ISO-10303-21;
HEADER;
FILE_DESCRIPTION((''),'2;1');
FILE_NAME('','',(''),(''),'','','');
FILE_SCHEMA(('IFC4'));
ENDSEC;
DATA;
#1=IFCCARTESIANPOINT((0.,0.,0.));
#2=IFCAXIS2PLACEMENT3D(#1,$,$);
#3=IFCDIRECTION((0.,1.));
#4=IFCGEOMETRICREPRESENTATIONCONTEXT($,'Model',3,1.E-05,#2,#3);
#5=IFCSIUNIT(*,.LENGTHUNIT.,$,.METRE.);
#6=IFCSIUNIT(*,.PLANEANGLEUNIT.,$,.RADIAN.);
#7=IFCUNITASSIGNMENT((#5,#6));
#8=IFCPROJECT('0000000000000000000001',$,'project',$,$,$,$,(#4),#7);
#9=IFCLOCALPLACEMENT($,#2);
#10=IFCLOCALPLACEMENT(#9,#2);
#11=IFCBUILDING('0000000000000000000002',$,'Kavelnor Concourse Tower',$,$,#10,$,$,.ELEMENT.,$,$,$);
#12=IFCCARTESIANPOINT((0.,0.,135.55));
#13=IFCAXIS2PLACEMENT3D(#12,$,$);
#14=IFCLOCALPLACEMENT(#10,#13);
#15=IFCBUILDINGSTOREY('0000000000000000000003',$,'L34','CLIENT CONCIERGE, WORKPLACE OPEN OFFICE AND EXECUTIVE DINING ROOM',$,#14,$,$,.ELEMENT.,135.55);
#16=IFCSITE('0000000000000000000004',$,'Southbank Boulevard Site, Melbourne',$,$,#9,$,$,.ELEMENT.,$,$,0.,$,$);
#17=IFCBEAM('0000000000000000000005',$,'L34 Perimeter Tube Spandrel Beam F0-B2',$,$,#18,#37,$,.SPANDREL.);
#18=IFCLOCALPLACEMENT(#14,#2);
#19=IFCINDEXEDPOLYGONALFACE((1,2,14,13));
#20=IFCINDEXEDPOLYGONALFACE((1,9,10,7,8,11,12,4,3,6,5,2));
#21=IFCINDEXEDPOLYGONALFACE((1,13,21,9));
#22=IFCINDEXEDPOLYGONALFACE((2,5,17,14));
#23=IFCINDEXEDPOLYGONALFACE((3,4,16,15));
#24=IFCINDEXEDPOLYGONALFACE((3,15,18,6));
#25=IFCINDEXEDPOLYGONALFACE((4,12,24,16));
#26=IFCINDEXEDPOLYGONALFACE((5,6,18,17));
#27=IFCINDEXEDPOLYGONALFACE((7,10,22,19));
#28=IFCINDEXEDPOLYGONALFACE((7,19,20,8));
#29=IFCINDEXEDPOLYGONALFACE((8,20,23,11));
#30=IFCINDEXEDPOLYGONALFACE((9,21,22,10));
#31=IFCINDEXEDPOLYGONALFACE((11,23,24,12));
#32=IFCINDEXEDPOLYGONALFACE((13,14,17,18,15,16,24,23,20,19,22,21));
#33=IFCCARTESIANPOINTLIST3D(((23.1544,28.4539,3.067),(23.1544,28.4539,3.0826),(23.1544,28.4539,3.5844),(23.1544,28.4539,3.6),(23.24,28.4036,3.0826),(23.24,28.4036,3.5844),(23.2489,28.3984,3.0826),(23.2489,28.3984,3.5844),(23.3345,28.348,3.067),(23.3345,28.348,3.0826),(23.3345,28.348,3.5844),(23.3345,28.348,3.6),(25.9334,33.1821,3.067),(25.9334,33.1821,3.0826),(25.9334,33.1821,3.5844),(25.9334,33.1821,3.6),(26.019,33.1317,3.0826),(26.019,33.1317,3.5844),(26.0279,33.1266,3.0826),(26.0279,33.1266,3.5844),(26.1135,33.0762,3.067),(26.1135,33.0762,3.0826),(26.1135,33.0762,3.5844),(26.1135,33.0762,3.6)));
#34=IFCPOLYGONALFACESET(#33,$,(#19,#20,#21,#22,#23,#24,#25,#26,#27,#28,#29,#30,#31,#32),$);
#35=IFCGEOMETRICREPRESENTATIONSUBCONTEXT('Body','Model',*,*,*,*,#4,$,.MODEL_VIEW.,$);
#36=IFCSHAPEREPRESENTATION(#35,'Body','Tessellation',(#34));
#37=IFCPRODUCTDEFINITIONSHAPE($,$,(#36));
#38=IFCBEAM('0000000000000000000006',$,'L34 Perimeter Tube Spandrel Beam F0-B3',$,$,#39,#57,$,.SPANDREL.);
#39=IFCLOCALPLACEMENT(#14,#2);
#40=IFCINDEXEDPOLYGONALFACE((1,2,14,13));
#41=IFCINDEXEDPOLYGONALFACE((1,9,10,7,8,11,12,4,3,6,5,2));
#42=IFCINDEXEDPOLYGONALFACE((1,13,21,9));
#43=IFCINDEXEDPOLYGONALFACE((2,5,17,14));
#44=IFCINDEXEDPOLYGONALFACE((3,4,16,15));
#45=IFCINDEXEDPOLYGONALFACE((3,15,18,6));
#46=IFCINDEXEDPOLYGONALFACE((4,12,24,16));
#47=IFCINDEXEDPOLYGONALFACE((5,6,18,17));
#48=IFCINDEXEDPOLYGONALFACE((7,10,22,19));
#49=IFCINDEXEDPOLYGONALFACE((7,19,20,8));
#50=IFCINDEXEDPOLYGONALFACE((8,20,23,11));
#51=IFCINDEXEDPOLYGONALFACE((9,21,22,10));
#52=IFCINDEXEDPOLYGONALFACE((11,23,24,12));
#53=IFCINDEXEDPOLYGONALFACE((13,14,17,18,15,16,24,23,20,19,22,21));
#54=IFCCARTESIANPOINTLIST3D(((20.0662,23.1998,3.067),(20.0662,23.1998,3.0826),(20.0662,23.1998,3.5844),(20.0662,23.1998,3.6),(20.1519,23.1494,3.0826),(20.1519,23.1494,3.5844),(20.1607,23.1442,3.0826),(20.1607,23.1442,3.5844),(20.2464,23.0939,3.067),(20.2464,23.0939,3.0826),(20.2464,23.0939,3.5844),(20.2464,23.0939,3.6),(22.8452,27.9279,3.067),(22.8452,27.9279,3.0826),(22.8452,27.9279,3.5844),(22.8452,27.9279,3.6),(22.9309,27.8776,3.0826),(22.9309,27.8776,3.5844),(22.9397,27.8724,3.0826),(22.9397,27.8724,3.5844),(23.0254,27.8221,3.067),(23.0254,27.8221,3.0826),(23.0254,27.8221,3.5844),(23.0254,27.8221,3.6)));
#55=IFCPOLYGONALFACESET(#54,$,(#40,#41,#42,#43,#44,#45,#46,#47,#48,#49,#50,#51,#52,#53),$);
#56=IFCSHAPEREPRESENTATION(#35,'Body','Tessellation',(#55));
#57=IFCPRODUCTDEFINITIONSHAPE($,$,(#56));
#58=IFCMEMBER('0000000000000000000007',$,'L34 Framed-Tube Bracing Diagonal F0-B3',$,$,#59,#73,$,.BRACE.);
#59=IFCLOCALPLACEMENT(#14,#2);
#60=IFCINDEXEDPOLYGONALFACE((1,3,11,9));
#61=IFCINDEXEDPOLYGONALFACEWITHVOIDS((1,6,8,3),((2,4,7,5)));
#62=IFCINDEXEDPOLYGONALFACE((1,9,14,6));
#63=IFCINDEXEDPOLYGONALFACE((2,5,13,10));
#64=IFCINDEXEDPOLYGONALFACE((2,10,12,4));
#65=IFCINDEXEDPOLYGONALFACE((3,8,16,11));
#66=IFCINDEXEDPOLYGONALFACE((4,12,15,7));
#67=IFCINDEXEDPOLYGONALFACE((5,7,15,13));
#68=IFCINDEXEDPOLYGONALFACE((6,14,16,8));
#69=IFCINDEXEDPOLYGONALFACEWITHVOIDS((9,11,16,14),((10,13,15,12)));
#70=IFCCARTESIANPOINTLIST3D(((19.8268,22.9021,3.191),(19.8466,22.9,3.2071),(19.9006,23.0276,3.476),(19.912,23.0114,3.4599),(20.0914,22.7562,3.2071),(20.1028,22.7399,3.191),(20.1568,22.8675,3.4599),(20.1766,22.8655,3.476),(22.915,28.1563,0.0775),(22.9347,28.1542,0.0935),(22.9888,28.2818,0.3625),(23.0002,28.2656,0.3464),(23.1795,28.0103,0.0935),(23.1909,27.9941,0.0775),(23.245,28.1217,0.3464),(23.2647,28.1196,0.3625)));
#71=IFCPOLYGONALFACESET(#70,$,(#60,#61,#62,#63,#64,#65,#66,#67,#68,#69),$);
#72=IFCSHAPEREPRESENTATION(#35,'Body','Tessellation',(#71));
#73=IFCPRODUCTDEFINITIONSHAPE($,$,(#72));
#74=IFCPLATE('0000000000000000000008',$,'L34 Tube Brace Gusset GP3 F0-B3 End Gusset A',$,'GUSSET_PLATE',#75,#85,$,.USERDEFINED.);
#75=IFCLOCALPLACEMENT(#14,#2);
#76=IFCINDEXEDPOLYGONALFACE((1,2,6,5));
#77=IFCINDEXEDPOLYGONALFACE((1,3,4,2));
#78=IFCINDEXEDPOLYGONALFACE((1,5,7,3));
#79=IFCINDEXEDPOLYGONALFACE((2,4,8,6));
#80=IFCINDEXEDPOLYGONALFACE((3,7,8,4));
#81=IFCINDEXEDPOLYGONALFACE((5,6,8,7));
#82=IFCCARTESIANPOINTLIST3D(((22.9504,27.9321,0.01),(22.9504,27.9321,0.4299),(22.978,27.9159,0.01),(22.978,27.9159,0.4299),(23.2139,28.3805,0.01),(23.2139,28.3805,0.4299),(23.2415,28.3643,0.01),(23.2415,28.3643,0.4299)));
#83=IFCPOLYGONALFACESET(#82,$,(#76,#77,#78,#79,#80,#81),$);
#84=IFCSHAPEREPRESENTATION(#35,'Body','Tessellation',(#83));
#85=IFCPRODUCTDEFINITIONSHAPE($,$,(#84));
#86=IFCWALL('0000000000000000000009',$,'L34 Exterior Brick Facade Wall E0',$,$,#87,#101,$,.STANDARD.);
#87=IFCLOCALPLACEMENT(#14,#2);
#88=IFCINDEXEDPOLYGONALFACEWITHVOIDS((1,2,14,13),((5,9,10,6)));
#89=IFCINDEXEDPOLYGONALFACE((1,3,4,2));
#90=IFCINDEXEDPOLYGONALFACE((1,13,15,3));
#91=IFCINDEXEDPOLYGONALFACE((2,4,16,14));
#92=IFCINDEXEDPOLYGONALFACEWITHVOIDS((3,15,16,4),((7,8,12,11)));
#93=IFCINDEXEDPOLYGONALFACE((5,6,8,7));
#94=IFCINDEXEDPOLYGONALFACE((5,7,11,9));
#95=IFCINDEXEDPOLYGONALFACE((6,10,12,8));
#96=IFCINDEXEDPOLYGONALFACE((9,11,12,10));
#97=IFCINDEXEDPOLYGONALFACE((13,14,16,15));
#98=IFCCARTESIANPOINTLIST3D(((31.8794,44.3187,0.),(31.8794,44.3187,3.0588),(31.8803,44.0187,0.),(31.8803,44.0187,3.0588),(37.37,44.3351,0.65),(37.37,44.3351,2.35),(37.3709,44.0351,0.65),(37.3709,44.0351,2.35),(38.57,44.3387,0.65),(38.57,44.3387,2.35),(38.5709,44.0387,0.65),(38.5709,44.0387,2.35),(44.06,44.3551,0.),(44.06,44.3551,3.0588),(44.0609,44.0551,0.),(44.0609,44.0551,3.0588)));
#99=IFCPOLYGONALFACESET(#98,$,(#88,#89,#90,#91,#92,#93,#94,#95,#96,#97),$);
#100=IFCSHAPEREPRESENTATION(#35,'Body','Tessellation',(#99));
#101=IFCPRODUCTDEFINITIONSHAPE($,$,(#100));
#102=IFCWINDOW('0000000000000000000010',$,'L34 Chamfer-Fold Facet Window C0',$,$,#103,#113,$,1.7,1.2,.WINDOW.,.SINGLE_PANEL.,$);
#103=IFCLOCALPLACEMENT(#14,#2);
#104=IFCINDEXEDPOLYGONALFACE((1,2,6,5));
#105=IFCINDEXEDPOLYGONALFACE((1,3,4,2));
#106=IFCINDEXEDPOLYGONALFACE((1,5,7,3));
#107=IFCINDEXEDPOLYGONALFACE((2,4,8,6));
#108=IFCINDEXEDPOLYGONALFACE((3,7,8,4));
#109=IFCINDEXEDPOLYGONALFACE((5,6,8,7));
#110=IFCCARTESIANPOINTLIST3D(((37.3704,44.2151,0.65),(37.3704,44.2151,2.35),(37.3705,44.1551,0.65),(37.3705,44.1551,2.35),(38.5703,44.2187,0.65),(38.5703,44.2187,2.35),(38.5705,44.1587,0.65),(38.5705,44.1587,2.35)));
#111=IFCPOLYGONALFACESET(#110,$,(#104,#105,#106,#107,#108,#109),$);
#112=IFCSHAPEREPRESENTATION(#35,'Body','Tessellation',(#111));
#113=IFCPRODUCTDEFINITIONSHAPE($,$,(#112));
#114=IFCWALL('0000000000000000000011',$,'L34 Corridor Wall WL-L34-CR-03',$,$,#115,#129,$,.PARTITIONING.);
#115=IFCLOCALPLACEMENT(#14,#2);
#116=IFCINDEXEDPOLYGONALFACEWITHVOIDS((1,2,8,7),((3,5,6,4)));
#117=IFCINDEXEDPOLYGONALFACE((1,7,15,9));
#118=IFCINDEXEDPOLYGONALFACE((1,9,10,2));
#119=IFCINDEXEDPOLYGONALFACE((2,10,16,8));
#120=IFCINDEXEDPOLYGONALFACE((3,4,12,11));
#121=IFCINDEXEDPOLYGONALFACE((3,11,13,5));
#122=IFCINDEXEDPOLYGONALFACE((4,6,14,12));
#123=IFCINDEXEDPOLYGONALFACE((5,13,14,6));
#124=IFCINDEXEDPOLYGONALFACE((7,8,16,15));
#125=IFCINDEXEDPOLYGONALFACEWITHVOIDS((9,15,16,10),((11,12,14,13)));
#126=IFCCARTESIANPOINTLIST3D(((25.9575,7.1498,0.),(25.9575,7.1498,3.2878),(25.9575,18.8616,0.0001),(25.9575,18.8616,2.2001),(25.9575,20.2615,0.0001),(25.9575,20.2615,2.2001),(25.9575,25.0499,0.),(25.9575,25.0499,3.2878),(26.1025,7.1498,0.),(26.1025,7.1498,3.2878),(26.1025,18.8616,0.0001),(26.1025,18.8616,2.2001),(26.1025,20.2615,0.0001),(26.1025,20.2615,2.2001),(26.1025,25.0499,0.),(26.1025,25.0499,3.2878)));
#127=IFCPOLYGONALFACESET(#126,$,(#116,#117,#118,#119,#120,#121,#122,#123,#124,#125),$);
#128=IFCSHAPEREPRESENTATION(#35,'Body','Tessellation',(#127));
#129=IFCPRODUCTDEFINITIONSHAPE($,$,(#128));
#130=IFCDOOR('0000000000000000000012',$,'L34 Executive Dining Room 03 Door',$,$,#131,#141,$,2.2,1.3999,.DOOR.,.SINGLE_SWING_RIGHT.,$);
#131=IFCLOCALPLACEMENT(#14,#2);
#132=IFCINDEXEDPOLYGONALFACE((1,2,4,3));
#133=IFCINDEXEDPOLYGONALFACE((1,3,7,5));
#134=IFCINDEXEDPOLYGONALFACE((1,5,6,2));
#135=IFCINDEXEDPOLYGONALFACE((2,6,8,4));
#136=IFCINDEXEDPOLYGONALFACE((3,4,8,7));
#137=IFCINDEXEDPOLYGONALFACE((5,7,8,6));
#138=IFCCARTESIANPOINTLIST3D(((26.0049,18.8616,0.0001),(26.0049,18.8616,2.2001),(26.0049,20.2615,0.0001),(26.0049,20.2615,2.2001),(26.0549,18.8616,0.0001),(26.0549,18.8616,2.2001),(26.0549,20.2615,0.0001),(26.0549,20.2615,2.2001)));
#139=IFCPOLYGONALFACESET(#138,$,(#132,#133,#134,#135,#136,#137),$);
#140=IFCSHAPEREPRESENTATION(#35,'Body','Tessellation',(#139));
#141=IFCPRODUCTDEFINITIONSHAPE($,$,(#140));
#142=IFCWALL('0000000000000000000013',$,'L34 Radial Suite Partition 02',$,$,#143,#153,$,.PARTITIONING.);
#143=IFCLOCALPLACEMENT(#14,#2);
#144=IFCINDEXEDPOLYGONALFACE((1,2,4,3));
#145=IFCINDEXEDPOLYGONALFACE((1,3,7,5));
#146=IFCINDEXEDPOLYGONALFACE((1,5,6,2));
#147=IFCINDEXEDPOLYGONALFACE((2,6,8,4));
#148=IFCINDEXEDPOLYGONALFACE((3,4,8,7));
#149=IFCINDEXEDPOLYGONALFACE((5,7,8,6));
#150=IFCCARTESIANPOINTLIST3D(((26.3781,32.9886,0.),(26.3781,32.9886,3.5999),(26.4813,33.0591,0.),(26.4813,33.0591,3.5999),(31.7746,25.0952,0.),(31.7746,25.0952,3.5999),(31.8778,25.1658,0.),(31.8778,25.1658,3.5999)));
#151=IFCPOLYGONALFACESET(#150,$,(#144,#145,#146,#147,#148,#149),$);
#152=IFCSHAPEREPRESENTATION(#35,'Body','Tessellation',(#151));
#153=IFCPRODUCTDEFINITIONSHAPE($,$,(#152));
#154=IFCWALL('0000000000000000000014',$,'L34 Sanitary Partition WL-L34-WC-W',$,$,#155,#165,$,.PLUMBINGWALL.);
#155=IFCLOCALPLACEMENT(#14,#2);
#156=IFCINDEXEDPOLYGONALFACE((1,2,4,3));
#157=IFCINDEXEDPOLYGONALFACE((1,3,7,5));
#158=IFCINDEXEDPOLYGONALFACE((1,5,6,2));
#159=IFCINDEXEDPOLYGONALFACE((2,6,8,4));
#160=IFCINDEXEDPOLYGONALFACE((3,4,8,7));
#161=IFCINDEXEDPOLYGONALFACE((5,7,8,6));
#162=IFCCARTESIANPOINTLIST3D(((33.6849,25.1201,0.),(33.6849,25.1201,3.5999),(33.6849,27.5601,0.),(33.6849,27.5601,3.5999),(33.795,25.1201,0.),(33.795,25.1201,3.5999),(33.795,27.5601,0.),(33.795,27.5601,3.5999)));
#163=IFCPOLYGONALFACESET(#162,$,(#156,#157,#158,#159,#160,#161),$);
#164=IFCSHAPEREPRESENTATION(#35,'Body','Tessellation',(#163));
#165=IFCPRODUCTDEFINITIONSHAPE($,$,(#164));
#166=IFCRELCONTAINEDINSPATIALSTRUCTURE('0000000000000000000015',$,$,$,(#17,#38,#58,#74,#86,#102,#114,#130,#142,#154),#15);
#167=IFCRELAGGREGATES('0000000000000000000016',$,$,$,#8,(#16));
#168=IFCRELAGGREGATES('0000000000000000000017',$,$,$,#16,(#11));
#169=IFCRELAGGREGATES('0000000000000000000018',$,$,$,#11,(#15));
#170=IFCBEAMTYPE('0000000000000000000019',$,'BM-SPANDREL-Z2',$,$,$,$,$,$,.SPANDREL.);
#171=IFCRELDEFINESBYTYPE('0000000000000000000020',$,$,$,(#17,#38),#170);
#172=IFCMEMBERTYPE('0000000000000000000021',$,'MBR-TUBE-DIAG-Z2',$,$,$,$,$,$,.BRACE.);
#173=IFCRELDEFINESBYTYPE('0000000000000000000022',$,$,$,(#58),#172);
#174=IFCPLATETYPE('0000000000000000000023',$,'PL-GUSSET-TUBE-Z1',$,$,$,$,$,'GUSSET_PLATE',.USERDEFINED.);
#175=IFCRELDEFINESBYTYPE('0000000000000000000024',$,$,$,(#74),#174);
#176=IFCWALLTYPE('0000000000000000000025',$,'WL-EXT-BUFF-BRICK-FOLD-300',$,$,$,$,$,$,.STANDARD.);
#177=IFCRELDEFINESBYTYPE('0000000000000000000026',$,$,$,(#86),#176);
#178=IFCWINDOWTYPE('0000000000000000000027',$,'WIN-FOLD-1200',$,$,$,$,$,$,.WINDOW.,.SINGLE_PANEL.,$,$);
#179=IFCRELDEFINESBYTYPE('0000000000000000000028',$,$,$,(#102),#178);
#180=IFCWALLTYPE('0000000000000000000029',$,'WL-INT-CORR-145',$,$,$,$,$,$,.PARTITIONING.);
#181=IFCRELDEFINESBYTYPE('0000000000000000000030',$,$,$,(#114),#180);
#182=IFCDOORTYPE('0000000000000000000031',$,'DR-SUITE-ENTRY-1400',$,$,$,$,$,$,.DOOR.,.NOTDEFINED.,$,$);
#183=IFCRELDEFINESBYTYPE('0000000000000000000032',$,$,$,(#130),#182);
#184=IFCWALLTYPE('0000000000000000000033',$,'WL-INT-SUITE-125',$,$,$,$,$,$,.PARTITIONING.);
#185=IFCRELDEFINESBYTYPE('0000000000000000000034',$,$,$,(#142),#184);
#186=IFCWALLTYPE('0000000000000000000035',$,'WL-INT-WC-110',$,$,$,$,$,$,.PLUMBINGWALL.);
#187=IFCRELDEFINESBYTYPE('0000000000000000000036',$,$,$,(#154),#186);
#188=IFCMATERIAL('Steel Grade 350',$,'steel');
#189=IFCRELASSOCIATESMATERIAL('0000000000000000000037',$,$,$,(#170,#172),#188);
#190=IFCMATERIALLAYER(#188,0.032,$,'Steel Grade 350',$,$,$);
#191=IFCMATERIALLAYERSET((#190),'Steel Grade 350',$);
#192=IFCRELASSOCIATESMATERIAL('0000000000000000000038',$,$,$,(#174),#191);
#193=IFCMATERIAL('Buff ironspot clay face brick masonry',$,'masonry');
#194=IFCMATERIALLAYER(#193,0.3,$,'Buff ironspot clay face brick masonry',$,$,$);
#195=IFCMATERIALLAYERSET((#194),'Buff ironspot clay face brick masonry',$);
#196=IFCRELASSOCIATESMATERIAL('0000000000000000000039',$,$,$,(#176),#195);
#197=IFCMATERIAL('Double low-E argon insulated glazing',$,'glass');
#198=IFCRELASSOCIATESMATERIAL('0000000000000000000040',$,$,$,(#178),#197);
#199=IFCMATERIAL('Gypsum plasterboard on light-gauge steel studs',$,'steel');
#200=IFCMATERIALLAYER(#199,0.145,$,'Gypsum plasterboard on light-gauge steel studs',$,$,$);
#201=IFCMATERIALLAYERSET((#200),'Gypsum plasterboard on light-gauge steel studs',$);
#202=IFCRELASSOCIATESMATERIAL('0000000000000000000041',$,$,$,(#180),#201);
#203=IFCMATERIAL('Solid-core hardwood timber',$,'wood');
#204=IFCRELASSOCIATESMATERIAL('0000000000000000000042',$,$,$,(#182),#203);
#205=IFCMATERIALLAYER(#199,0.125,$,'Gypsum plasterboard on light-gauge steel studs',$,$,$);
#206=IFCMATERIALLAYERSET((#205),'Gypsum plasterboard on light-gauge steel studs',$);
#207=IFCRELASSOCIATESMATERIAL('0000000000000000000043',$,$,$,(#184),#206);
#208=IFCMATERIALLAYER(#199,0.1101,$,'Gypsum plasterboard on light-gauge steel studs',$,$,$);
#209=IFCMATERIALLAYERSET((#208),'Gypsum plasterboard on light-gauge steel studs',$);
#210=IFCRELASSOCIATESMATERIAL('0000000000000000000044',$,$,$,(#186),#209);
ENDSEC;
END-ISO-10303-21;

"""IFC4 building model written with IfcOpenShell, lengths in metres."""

from ifc_helpers import new_model, si_unit, direction, frame, frame_2d, origin, origin_2d, place, context, subcontext, project, spatial, rectangle, hollow_rectangle, i_section, extrude, material, layer, layer_set, material_profile, profile_set, type_object, element, fill, save


model = new_model("IFC4")

# Units and contexts
model_context = context("Model", 3, precision=1e-05, world=origin(), true_north=direction((0.0, 1.0)))
body_context = subcontext(model_context, "Body", "Model", "MODEL_VIEW")
ifc_project = project(units=[si_unit("LENGTHUNIT", "METRE"), si_unit("PLANEANGLEUNIT", "RADIAN")], contexts=[model_context])

# Site, building, storey
site_placement = place(None, origin())
site = spatial("IfcSite", under=ifc_project, at=site_placement, Name="Southbank Boulevard Site, Melbourne", CompositionType="ELEMENT", RefElevation=0.0)
building_placement = place(site_placement, origin())
building = spatial("IfcBuilding", under=site, at=building_placement, Name="Kavelnor Concourse Tower", CompositionType="ELEMENT")
storey_placement = place(building_placement, frame((0.0, 0.0, 135.55)))
storey = spatial("IfcBuildingStorey", under=building, at=storey_placement, Name="L34", Description="CLIENT CONCIERGE, WORKPLACE OPEN OFFICE AND EXECUTIVE DINING ROOM", CompositionType="ELEMENT", Elevation=135.55)

# Shared definitions
ifc_material_1 = material(Name="Steel Grade 350", Category="steel")

# Beams
ifc_material_profile_1 = material_profile(ifc_material_1, i_section(OverallWidth=0.209, OverallDepth=0.533, WebThickness=0.0103, FlangeThickness=0.0156, at=origin_2d()), Name="530UB92")
ifc_profile_set_1 = profile_set([ifc_material_profile_1], Name="Steel Grade 350")
beam_type_1 = type_object("IfcBeamType", Name="BM-SPANDREL-Z2", PredefinedType="SPANDREL", material=ifc_profile_set_1)
for number, where, z_axis, x_axis, name in (
    (1, (26.0234, 33.1292, 3.3335), (-0.506711, -0.862116, 0.0), (0.862116, -0.506711, 0.0), "L34 Perimeter Tube Spandrel Beam F0-B2"),
    (2, (22.9353, 27.875, 3.3335), (-0.506711, -0.862116, 0.0), (0.862116, -0.506711, 0.0), "L34 Perimeter Tube Spandrel Beam F0-B3"),
):
    element("IfcBeam", number, at=place(storey_placement, frame(where, z_axis=z_axis, x_axis=x_axis)), inside=storey, type_object=beam_type_1, Name=name, PredefinedType="SPANDREL", context=body_context, shape_type="SweptSolid", body=[
        extrude(i_section(OverallWidth=0.209, OverallDepth=0.533, WebThickness=0.0103, FlangeThickness=0.0156, at=origin_2d()), origin(), (0.0, 0.0, 1.0), 5.4844),
    ])

# Member
ifc_material_profile_2 = material_profile(ifc_material_1, hollow_rectangle(XDim=0.3201, YDim=0.3201, WallThickness=0.0181, at=origin_2d()), Name="SHS 320x320x18")
ifc_profile_set_2 = profile_set([ifc_material_profile_2], Name="Steel Grade 350")
member_type = type_object("IfcMemberType", Name="MBR-TUBE-DIAG-Z2", PredefinedType="BRACE", material=ifc_profile_set_2)
member_placement = place(storey_placement, frame((23.0898, 28.1379, 0.22), z_axis=(-0.451235, -0.767731, 0.454945), x_axis=(0.862116, -0.50671, 0.0)))
element("IfcMember", 3, at=member_placement, inside=storey, type_object=member_type, Name="L34 Framed-Tube Bracing Diagonal F0-B3", PredefinedType="BRACE", context=body_context, shape_type="SweptSolid", body=[
    extrude(hollow_rectangle(XDim=0.3201, YDim=0.3201, WallThickness=0.0181, at=origin_2d()), origin(), (0.0, 0.0, 1.0), 6.8438),
])

# Plate
ifc_layer_1 = layer(ifc_material_1, 0.032, Name="Steel Grade 350")
ifc_layer_set_1 = layer_set([ifc_layer_1], Name="Steel Grade 350")
plate_type = type_object("IfcPlateType", Name="PL-GUSSET-TUBE-Z1", ElementType="GUSSET_PLATE", PredefinedType="USERDEFINED", material=ifc_layer_set_1)
plate_placement = place(storey_placement, frame((23.0959, 28.1482, 0.01), z_axis=(0.0, 0.0, 1.0), x_axis=(-0.506636, -0.86216, 0.0)))
element("IfcPlate", 4, at=plate_placement, inside=storey, type_object=plate_type, Name="L34 Tube Brace Gusset GP3 F0-B3 End Gusset A", ObjectType="GUSSET_PLATE", PredefinedType="USERDEFINED", context=body_context, shape_type="SweptSolid", body=[
    extrude(rectangle(XDim=0.52, YDim=0.032, at=origin_2d()), origin(), (0.0, 0.0, 1.0), 0.4199),
])

# Wall, opening, window
ifc_material_2 = material(Name="Buff ironspot clay face brick masonry", Category="masonry")
ifc_layer_2 = layer(ifc_material_2, 0.3, Name="Buff ironspot clay face brick masonry")
ifc_layer_set_2 = layer_set([ifc_layer_2], Name="Buff ironspot clay face brick masonry")
wall_type_1 = type_object("IfcWallType", Name="WL-EXT-BUFF-BRICK-FOLD-300", PredefinedType="STANDARD", material=ifc_layer_set_2)
wall_1_placement = place(storey_placement, frame((31.8799, 44.1687, 0.0), z_axis=(0.0, 0.0, 1.0), x_axis=(0.999996, 0.002986, 0.0)))
wall_1 = element("IfcWall", 5, at=wall_1_placement, inside=storey, type_object=wall_type_1, Name="L34 Exterior Brick Facade Wall E0", PredefinedType="STANDARD", context=body_context, shape_type="SweptSolid", body=[
    extrude(rectangle(XDim=12.1807, YDim=0.3, at=frame_2d((6.0903, 0.0))), origin(), (0.0, 0.0, 1.0), 3.0588),
])
opening_1_placement = place(wall_1_placement, frame((5.4905, 0.0, 0.6499)))
opening_1 = element("IfcOpeningElement", 6, at=opening_1_placement, cuts=wall_1, PredefinedType="OPENING", context=body_context, shape_type="SweptSolid", body=[
    extrude(rectangle(XDim=1.2, YDim=1.7, at=frame_2d((0.6001, 0.8501))), frame((0.0, 0.1602, 0.0), z_axis=(0.0, -1.0, 0.0), x_axis=(1.0, 0.0, 0.0)), (0.0, 0.0, 1.0), 0.3201),
])
ifc_material_3 = material(Name="Double low-E argon insulated glazing", Category="glass")
window_type = type_object("IfcWindowType", Name="WIN-FOLD-1200", PartitioningType="SINGLE_PANEL", PredefinedType="WINDOW", material=ifc_material_3)
window_placement = place(opening_1_placement, origin())
window = element("IfcWindow", 7, at=window_placement, inside=storey, type_object=window_type, Name="L34 Chamfer-Fold Facet Window C0", OverallHeight=1.7, OverallWidth=1.2, PartitioningType="SINGLE_PANEL", PredefinedType="WINDOW", context=body_context, shape_type="SweptSolid", body=[
    extrude(rectangle(XDim=1.2, YDim=1.7, at=frame_2d((0.6001, 0.8501))), frame((0.0, 0.03, 0.0), z_axis=(0.0, -1.0, 0.0), x_axis=(1.0, 0.0, 0.0)), (0.0, 0.0, 1.0), 0.0601),
])
fill(opening_1, window)

# Wall, opening, door
ifc_material_4 = material(Name="Gypsum plasterboard on light-gauge steel studs", Category="steel")
ifc_layer_3 = layer(ifc_material_4, 0.145, Name="Gypsum plasterboard on light-gauge steel studs")
ifc_layer_set_3 = layer_set([ifc_layer_3], Name="Gypsum plasterboard on light-gauge steel studs")
wall_type_2 = type_object("IfcWallType", Name="WL-INT-CORR-145", PredefinedType="PARTITIONING", material=ifc_layer_set_3)
wall_2_placement = place(storey_placement, frame((26.03, 25.05, 0.0), z_axis=(0.0, 0.0, 1.0), x_axis=(0.0, -1.0, 0.0)))
wall_2 = element("IfcWall", 8, at=wall_2_placement, inside=storey, type_object=wall_type_2, Name="L34 Corridor Wall WL-L34-CR-03", PredefinedType="PARTITIONING", context=body_context, shape_type="SweptSolid", body=[
    extrude(rectangle(XDim=17.9001, YDim=0.145, at=frame_2d((8.9502, 0.0))), origin(), (0.0, 0.0, 1.0), 3.2878),
])
opening_2_placement = place(wall_2_placement, frame((4.7886, 0.0, 0.0)))
opening_2 = element("IfcOpeningElement", 9, at=opening_2_placement, cuts=wall_2, PredefinedType="OPENING", context=body_context, shape_type="SweptSolid", body=[
    extrude(rectangle(XDim=1.3999, YDim=2.2, at=frame_2d((0.7, 1.1001))), frame((0.0, 0.0825, 0.0), z_axis=(0.0, -1.0, 0.0), x_axis=(1.0, 0.0, 0.0)), (0.0, 0.0, 1.0), 0.165),
])
ifc_material_5 = material(Name="Solid-core hardwood timber", Category="wood")
door_type = type_object("IfcDoorType", Name="DR-SUITE-ENTRY-1400", OperationType="NOTDEFINED", PredefinedType="DOOR", material=ifc_material_5)
door_placement = place(opening_2_placement, origin())
door = element("IfcDoor", 10, at=door_placement, inside=storey, type_object=door_type, Name="L34 Executive Dining Room 03 Door", OperationType="SINGLE_SWING_RIGHT", OverallHeight=2.2, OverallWidth=1.3999, PredefinedType="DOOR", context=body_context, shape_type="SweptSolid", body=[
    extrude(rectangle(XDim=1.3999, YDim=2.2, at=frame_2d((0.7, 1.1001))), frame((0.0, 0.0249, 0.0), z_axis=(0.0, -1.0, 0.0), x_axis=(1.0, 0.0, 0.0)), (0.0, 0.0, 1.0), 0.05),
])
fill(opening_2, door)

# Walls
ifc_layer_4 = layer(ifc_material_4, 0.125, Name="Gypsum plasterboard on light-gauge steel studs")
ifc_layer_set_4 = layer_set([ifc_layer_4], Name="Gypsum plasterboard on light-gauge steel studs")
wall_type_3 = type_object("IfcWallType", Name="WL-INT-SUITE-125", PredefinedType="PARTITIONING", material=ifc_layer_set_4)
wall_3_placement = place(storey_placement, frame((31.8262, 25.1306, 0.0), z_axis=(0.0, 0.0, 1.0), x_axis=(-0.564385, 0.825512, 0.0)))
element("IfcWall", 11, at=wall_3_placement, inside=storey, type_object=wall_type_3, Name="L34 Radial Suite Partition 02", PredefinedType="PARTITIONING", context=body_context, shape_type="SweptSolid", body=[
    extrude(rectangle(XDim=9.5618, YDim=0.125, at=frame_2d((4.7808, 0.0))), origin(), (0.0, 0.0, 1.0), 3.5999),
])
ifc_layer_5 = layer(ifc_material_4, 0.1101, Name="Gypsum plasterboard on light-gauge steel studs")
ifc_layer_set_5 = layer_set([ifc_layer_5], Name="Gypsum plasterboard on light-gauge steel studs")
wall_type_4 = type_object("IfcWallType", Name="WL-INT-WC-110", PredefinedType="PLUMBINGWALL", material=ifc_layer_set_5)
for number, where, z_axis, x_axis, name in (
    (12, (33.74, 25.1201, 0.0), (0.0, 0.0, 1.0), (0.0, 1.0, 0.0), "L34 Sanitary Partition WL-L34-WC-W"),
):
    element("IfcWall", number, at=place(storey_placement, frame(where, z_axis=z_axis, x_axis=x_axis)), inside=storey, type_object=wall_type_4, Name=name, PredefinedType="PLUMBINGWALL", context=body_context, shape_type="SweptSolid", body=[
        extrude(rectangle(XDim=2.4399, YDim=0.1101, at=frame_2d((1.22, 0.0))), origin(), (0.0, 0.0, 1.0), 3.5999),
    ])

save(model, "model.ifc")
